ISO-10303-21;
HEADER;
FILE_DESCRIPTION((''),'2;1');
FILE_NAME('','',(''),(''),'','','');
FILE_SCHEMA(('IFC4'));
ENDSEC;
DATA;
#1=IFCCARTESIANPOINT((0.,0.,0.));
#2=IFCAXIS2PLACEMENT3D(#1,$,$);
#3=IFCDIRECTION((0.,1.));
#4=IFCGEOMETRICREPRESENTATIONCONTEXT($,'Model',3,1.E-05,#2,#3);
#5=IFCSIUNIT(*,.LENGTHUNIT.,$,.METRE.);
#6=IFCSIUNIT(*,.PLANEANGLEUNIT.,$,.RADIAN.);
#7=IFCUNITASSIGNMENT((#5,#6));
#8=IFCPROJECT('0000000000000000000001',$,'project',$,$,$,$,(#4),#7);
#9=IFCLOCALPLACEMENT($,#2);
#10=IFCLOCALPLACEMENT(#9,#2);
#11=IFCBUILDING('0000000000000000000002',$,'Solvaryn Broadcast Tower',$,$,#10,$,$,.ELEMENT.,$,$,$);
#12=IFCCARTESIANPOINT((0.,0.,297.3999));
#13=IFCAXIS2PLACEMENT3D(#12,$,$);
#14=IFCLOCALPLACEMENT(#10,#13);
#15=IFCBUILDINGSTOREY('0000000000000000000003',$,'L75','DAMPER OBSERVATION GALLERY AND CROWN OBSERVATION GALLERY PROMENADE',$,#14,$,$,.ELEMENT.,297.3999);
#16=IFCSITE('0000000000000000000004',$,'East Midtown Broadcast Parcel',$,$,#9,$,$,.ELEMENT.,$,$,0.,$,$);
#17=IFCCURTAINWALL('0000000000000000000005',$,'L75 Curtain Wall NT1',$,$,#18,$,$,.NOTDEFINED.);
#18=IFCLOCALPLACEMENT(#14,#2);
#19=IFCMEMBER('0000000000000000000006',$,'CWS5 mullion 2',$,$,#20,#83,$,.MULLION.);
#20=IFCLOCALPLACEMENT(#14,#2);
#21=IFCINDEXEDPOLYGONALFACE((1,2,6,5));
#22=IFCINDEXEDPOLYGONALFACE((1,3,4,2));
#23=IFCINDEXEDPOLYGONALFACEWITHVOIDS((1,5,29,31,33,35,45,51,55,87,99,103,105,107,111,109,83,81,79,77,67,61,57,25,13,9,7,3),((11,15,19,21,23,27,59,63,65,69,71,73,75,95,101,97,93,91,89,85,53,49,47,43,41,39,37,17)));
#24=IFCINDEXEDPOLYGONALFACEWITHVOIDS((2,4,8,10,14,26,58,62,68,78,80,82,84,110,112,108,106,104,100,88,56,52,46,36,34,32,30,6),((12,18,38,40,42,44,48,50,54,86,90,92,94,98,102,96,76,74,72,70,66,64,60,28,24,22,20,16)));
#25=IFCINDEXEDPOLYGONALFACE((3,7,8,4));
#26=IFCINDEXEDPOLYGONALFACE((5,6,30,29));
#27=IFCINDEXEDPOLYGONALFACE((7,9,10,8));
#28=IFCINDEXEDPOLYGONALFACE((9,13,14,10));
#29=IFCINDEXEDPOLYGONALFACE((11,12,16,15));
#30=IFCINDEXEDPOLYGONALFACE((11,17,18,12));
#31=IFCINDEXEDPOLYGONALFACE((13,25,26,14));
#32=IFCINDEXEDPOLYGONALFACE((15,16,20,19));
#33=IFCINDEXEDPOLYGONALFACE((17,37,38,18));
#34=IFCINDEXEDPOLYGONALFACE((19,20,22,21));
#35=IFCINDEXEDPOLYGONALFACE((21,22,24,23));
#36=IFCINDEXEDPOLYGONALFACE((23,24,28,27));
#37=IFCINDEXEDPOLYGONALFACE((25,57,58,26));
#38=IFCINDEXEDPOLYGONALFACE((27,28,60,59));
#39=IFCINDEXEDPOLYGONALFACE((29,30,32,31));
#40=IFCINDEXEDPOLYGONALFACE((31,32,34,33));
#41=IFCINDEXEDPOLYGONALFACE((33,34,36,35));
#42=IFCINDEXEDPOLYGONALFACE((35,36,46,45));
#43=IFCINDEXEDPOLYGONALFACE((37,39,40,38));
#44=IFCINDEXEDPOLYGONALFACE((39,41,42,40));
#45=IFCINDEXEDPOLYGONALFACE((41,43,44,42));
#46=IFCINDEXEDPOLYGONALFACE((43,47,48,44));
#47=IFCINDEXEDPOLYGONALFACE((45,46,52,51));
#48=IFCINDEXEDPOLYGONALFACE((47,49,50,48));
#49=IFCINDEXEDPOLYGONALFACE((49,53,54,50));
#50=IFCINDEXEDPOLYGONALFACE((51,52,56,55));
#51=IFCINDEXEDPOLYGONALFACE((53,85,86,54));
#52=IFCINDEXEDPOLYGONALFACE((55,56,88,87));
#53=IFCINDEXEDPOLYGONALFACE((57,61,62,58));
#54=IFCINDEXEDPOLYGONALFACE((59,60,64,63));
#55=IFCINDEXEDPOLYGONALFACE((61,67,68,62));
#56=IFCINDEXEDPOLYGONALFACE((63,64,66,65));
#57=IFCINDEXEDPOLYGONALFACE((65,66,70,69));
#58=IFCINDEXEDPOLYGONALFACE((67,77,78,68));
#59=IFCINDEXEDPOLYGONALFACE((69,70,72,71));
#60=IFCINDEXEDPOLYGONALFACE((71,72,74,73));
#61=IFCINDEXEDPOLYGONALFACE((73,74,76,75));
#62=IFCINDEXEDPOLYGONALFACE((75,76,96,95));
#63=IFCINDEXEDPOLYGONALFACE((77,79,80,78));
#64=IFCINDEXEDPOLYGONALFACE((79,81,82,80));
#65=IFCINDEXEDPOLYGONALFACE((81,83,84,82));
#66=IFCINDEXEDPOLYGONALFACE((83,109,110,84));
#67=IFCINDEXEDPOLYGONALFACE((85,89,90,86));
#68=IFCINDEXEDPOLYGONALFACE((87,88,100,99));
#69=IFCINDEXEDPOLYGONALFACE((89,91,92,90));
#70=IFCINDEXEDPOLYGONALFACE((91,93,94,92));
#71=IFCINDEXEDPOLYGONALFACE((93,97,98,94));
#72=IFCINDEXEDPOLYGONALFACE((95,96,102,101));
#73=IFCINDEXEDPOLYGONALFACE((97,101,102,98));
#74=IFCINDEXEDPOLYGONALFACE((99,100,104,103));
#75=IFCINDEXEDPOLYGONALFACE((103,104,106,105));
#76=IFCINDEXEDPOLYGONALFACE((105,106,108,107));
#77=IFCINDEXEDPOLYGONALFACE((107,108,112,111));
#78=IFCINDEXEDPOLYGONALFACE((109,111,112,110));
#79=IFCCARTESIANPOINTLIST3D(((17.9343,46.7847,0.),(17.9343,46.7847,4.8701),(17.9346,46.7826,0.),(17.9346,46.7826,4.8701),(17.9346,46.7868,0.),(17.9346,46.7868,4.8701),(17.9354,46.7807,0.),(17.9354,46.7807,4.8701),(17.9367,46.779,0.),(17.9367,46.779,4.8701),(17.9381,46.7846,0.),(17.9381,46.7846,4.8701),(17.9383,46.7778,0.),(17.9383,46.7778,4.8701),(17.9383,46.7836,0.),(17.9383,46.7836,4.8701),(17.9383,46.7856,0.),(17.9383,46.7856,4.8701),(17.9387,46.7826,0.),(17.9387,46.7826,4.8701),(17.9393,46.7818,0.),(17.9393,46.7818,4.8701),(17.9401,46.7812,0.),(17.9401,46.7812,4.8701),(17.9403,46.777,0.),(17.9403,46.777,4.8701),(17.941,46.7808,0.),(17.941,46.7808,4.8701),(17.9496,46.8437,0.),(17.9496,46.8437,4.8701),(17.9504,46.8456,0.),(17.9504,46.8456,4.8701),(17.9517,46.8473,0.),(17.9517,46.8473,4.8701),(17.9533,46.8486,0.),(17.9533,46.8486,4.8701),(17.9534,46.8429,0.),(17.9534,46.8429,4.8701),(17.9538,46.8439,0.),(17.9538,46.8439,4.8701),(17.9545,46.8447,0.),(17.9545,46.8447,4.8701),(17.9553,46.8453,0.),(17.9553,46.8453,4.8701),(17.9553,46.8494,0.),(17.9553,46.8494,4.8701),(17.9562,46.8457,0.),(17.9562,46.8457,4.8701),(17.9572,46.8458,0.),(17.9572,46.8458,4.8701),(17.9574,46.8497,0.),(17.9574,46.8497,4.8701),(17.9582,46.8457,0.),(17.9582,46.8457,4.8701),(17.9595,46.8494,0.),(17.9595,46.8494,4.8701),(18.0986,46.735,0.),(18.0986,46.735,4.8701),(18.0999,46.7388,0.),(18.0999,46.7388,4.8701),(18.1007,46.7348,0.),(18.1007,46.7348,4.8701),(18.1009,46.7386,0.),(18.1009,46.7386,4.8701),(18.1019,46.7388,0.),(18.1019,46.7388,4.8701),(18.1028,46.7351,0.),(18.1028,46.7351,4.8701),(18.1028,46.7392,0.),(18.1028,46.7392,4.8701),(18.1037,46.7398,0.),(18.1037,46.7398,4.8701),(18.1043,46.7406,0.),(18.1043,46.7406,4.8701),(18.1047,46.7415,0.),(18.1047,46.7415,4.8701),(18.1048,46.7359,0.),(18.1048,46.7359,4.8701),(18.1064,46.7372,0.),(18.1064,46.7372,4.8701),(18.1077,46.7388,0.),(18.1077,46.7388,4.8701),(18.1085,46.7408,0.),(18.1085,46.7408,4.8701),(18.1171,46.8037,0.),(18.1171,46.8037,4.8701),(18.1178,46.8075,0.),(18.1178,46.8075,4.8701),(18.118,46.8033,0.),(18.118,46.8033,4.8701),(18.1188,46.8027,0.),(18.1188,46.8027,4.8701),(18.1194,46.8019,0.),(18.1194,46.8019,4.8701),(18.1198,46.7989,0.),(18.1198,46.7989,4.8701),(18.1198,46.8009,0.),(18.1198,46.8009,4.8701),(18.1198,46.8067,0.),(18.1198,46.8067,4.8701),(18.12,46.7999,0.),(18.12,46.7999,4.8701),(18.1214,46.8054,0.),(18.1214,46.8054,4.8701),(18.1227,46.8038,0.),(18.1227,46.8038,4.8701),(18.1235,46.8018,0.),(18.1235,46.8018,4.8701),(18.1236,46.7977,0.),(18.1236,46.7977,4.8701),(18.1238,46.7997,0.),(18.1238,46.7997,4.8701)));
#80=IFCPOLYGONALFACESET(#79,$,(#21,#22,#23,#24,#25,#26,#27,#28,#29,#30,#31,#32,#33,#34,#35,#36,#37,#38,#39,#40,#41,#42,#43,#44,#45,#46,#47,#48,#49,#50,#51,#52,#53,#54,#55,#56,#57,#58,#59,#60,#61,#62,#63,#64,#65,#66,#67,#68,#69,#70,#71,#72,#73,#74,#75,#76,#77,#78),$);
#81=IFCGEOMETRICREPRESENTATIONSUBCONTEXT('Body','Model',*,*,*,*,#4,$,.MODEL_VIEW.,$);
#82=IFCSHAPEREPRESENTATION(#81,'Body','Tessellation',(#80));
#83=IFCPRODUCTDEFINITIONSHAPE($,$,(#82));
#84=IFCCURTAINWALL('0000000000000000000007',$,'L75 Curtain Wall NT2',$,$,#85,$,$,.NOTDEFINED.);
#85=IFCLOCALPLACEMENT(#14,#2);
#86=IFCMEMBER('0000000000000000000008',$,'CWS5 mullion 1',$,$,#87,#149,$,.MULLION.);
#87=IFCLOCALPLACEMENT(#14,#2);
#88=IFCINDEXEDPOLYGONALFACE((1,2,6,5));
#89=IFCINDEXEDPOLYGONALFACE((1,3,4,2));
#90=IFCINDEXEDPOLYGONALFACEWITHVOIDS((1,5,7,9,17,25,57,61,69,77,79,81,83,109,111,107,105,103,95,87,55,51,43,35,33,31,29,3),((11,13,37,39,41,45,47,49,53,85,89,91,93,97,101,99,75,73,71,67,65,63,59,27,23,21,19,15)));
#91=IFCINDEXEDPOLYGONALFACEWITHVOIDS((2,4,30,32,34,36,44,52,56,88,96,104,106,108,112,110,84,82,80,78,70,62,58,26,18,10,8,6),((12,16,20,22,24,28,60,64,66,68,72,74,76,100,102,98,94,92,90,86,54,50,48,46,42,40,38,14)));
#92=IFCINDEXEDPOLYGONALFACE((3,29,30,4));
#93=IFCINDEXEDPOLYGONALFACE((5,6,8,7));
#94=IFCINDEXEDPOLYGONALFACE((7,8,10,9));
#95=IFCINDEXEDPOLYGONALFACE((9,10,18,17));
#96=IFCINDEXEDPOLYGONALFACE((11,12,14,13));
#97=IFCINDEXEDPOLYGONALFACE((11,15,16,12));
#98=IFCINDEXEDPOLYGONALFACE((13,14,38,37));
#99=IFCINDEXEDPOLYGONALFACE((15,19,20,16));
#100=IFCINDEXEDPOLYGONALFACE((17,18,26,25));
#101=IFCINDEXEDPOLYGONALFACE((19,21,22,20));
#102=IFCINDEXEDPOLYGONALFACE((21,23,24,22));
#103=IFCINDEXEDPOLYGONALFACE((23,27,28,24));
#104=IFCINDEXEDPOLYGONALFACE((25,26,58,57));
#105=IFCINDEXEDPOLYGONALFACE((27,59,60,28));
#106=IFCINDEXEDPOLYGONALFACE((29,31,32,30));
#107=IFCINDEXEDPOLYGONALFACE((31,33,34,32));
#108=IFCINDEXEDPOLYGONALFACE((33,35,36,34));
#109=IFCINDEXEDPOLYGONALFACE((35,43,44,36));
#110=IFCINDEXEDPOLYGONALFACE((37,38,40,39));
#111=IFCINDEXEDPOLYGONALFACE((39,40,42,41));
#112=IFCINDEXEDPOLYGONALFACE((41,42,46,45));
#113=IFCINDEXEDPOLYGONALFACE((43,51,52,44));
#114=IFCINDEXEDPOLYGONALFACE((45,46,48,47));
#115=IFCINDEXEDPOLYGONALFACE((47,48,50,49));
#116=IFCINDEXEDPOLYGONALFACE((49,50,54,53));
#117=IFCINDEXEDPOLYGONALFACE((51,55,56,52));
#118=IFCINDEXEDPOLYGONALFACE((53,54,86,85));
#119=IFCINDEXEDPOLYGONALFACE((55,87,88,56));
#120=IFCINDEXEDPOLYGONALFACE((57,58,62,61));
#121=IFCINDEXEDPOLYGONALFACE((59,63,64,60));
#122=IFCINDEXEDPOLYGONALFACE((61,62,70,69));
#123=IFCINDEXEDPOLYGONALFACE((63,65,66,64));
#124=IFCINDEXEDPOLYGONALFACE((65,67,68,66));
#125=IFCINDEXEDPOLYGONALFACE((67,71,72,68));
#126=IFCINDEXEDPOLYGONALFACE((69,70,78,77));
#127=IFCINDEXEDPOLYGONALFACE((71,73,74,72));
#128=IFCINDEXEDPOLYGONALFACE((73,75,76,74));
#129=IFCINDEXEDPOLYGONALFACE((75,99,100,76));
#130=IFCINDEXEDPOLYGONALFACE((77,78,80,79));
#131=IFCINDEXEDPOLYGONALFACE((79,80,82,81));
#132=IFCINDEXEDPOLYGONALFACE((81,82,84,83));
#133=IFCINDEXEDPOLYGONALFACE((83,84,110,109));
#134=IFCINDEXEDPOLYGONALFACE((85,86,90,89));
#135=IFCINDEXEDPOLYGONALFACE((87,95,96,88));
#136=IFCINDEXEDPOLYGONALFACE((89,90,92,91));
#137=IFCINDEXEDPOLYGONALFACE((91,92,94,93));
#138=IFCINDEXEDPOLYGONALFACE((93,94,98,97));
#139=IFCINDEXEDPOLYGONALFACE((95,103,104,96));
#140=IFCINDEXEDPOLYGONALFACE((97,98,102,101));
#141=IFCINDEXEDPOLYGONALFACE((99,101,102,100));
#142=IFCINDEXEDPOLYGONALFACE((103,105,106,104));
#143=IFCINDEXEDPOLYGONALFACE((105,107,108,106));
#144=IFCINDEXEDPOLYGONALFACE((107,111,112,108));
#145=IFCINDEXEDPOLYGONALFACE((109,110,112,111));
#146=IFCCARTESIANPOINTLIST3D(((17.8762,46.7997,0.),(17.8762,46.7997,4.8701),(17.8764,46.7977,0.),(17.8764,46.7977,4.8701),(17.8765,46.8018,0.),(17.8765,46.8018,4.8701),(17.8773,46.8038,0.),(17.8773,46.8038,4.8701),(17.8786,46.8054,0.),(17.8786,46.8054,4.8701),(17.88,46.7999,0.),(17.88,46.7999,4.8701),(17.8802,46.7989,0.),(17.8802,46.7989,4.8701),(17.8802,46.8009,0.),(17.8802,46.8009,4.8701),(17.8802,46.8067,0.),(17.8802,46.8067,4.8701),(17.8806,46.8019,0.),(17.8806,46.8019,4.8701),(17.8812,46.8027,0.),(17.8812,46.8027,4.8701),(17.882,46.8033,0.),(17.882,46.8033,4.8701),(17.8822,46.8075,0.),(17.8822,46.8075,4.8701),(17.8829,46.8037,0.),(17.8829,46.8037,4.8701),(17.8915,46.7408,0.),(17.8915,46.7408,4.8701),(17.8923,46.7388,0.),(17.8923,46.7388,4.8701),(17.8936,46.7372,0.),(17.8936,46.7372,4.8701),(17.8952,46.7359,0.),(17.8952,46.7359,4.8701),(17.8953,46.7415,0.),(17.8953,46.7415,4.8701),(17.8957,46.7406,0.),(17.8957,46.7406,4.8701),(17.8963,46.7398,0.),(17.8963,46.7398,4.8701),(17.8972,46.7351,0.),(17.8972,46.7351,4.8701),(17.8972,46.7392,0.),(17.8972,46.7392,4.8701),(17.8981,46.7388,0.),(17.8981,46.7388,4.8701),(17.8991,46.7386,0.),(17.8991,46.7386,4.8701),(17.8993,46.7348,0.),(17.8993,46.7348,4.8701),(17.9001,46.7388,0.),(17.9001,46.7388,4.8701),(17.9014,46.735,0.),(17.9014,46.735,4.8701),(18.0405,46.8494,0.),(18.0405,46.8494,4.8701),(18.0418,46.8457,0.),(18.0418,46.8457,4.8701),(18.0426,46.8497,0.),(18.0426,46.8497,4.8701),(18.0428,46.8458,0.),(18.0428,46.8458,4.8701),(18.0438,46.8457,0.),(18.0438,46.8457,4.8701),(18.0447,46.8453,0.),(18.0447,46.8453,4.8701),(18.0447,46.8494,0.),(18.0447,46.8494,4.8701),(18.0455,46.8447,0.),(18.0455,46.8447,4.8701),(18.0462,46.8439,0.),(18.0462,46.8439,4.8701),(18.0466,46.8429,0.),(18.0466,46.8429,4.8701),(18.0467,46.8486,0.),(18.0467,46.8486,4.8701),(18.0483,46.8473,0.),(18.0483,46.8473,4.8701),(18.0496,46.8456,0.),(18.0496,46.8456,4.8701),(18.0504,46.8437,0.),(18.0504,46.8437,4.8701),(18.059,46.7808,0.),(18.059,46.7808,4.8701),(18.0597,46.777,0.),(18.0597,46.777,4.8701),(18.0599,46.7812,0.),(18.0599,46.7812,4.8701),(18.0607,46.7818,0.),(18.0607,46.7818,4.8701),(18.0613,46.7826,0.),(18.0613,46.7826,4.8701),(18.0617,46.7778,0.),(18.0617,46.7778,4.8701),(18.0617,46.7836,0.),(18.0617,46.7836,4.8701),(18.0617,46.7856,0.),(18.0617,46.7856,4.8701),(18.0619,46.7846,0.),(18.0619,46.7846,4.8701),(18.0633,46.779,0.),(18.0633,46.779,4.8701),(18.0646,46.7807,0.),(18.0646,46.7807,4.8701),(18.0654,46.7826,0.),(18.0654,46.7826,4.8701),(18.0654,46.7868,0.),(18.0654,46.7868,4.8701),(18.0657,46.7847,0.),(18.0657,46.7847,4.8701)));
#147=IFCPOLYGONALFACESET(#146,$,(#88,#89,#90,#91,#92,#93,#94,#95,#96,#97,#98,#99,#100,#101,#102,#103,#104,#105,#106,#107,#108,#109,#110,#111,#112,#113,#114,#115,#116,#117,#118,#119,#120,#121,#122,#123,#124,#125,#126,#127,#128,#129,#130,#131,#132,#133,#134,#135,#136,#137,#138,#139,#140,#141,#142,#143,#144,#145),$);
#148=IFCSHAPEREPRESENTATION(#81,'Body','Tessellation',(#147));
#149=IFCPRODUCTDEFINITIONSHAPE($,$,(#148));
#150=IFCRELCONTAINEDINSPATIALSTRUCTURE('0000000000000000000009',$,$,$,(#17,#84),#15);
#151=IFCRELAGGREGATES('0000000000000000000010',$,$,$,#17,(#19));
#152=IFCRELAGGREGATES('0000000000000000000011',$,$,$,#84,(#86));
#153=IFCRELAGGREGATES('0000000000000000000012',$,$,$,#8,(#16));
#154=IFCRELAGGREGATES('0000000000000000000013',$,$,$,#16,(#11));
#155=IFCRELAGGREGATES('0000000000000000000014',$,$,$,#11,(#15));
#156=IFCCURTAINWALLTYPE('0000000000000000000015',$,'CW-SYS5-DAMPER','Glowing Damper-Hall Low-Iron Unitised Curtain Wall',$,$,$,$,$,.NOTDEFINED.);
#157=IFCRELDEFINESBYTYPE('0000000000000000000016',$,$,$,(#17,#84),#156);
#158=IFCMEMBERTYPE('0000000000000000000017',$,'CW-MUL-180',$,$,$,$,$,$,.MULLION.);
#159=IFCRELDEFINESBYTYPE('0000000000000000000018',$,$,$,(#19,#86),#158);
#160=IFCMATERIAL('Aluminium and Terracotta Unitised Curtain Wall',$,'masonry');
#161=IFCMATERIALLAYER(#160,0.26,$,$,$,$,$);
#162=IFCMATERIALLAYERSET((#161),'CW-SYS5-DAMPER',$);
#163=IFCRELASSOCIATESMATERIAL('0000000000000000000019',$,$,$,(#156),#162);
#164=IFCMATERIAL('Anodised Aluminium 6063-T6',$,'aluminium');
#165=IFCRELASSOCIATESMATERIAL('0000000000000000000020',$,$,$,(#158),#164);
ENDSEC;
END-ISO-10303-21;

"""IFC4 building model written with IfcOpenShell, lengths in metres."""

from ifc_helpers import new_model, si_unit, direction, frame, origin, origin_2d, place, context, subcontext, project, spatial, hollow_rectangle, extrude, material, layer, layer_set, material_profile, profile_set, type_object, element, aggregate, save


model = new_model("IFC4")

# Units and contexts
model_context = context("Model", 3, precision=1e-05, world=origin(), true_north=direction((0.0, 1.0)))
body_context = subcontext(model_context, "Body", "Model", "MODEL_VIEW")
ifc_project = project(units=[si_unit("LENGTHUNIT", "METRE"), si_unit("PLANEANGLEUNIT", "RADIAN")], contexts=[model_context])

# Site, building, storey
site_placement = place(None, origin())
site = spatial("IfcSite", under=ifc_project, at=site_placement, Name="East Midtown Broadcast Parcel", CompositionType="ELEMENT", RefElevation=0.0)
building_placement = place(site_placement, origin())
building = spatial("IfcBuilding", under=site, at=building_placement, Name="Solvaryn Broadcast Tower", CompositionType="ELEMENT")
storey_placement = place(building_placement, frame((0.0, 0.0, 297.3999)))
storey = spatial("IfcBuildingStorey", under=building, at=storey_placement, Name="L75", Description="DAMPER OBSERVATION GALLERY AND CROWN OBSERVATION GALLERY PROMENADE", CompositionType="ELEMENT", Elevation=297.3999)

# Curtain wall, member
ifc_material_1 = material(Name="Aluminium and Terracotta Unitised Curtain Wall", Category="masonry")
ifc_layer_1 = layer(ifc_material_1, 0.26)
ifc_layer_set_1 = layer_set([ifc_layer_1], Name="CW-SYS5-DAMPER")
curtain_wall_type = type_object("IfcCurtainWallType", Name="CW-SYS5-DAMPER", Description="Glowing Damper-Hall Low-Iron Unitised Curtain Wall", PredefinedType="NOTDEFINED", material=ifc_layer_set_1)
ifc_material_2 = material(Name="Anodised Aluminium 6063-T6", Category="aluminium")
ifc_material_profile_1 = material_profile(ifc_material_2, hollow_rectangle(XDim=0.075, YDim=0.1799, WallThickness=0.0039, InnerFilletRadius=0.0039, OuterFilletRadius=0.0081, at=origin_2d()))
ifc_profile_set_1 = profile_set([ifc_material_profile_1], Name="Anodised Aluminium 6063-T6")
member_type_1 = type_object("IfcMemberType", Name="CW-MUL-180", PredefinedType="MULLION", material=ifc_profile_set_1)
curtain_wall_1_placement = place(storey_placement, origin())
curtain_wall_1 = element("IfcCurtainWall", 1, at=curtain_wall_1_placement, inside=storey, type_object=curtain_wall_type, Name="L75 Curtain Wall NT1", PredefinedType="NOTDEFINED")
member_1_placement = place(storey_placement, frame((18.0291, 46.7922, 0.0), z_axis=(0.0, 0.0, 1.0), x_axis=(-0.255893, -0.966705, 0.0)))
member_1 = element("IfcMember", 2, at=member_1_placement, type_object=member_type_1, Name="CWS5 mullion 2", PredefinedType="MULLION", context=body_context, shape_type="SweptSolid", body=[
    extrude(hollow_rectangle(XDim=0.075, YDim=0.1799, WallThickness=0.0039, InnerFilletRadius=0.0039, OuterFilletRadius=0.0081, at=origin_2d()), origin(), (0.0, 0.0, 1.0), 4.8701),
])
aggregate(curtain_wall_1, [member_1])

# Curtain wall, member
curtain_wall_2_placement = place(storey_placement, origin())
curtain_wall_2 = element("IfcCurtainWall", 3, at=curtain_wall_2_placement, inside=storey, type_object=curtain_wall_type, Name="L75 Curtain Wall NT2", PredefinedType="NOTDEFINED")
member_2_placement = place(storey_placement, frame((17.9709, 46.7922, 0.0), z_axis=(0.0, 0.0, 1.0), x_axis=(0.255893, -0.966705, 0.0)))
member_2 = element("IfcMember", 4, at=member_2_placement, type_object=member_type_1, Name="CWS5 mullion 1", PredefinedType="MULLION", context=body_context, shape_type="SweptSolid", body=[
    extrude(hollow_rectangle(XDim=0.075, YDim=0.1799, WallThickness=0.0039, InnerFilletRadius=0.0039, OuterFilletRadius=0.0081, at=origin_2d()), origin(), (0.0, 0.0, 1.0), 4.8701),
])

aggregate(curtain_wall_2, [member_2])

save(model, "model.ifc")
